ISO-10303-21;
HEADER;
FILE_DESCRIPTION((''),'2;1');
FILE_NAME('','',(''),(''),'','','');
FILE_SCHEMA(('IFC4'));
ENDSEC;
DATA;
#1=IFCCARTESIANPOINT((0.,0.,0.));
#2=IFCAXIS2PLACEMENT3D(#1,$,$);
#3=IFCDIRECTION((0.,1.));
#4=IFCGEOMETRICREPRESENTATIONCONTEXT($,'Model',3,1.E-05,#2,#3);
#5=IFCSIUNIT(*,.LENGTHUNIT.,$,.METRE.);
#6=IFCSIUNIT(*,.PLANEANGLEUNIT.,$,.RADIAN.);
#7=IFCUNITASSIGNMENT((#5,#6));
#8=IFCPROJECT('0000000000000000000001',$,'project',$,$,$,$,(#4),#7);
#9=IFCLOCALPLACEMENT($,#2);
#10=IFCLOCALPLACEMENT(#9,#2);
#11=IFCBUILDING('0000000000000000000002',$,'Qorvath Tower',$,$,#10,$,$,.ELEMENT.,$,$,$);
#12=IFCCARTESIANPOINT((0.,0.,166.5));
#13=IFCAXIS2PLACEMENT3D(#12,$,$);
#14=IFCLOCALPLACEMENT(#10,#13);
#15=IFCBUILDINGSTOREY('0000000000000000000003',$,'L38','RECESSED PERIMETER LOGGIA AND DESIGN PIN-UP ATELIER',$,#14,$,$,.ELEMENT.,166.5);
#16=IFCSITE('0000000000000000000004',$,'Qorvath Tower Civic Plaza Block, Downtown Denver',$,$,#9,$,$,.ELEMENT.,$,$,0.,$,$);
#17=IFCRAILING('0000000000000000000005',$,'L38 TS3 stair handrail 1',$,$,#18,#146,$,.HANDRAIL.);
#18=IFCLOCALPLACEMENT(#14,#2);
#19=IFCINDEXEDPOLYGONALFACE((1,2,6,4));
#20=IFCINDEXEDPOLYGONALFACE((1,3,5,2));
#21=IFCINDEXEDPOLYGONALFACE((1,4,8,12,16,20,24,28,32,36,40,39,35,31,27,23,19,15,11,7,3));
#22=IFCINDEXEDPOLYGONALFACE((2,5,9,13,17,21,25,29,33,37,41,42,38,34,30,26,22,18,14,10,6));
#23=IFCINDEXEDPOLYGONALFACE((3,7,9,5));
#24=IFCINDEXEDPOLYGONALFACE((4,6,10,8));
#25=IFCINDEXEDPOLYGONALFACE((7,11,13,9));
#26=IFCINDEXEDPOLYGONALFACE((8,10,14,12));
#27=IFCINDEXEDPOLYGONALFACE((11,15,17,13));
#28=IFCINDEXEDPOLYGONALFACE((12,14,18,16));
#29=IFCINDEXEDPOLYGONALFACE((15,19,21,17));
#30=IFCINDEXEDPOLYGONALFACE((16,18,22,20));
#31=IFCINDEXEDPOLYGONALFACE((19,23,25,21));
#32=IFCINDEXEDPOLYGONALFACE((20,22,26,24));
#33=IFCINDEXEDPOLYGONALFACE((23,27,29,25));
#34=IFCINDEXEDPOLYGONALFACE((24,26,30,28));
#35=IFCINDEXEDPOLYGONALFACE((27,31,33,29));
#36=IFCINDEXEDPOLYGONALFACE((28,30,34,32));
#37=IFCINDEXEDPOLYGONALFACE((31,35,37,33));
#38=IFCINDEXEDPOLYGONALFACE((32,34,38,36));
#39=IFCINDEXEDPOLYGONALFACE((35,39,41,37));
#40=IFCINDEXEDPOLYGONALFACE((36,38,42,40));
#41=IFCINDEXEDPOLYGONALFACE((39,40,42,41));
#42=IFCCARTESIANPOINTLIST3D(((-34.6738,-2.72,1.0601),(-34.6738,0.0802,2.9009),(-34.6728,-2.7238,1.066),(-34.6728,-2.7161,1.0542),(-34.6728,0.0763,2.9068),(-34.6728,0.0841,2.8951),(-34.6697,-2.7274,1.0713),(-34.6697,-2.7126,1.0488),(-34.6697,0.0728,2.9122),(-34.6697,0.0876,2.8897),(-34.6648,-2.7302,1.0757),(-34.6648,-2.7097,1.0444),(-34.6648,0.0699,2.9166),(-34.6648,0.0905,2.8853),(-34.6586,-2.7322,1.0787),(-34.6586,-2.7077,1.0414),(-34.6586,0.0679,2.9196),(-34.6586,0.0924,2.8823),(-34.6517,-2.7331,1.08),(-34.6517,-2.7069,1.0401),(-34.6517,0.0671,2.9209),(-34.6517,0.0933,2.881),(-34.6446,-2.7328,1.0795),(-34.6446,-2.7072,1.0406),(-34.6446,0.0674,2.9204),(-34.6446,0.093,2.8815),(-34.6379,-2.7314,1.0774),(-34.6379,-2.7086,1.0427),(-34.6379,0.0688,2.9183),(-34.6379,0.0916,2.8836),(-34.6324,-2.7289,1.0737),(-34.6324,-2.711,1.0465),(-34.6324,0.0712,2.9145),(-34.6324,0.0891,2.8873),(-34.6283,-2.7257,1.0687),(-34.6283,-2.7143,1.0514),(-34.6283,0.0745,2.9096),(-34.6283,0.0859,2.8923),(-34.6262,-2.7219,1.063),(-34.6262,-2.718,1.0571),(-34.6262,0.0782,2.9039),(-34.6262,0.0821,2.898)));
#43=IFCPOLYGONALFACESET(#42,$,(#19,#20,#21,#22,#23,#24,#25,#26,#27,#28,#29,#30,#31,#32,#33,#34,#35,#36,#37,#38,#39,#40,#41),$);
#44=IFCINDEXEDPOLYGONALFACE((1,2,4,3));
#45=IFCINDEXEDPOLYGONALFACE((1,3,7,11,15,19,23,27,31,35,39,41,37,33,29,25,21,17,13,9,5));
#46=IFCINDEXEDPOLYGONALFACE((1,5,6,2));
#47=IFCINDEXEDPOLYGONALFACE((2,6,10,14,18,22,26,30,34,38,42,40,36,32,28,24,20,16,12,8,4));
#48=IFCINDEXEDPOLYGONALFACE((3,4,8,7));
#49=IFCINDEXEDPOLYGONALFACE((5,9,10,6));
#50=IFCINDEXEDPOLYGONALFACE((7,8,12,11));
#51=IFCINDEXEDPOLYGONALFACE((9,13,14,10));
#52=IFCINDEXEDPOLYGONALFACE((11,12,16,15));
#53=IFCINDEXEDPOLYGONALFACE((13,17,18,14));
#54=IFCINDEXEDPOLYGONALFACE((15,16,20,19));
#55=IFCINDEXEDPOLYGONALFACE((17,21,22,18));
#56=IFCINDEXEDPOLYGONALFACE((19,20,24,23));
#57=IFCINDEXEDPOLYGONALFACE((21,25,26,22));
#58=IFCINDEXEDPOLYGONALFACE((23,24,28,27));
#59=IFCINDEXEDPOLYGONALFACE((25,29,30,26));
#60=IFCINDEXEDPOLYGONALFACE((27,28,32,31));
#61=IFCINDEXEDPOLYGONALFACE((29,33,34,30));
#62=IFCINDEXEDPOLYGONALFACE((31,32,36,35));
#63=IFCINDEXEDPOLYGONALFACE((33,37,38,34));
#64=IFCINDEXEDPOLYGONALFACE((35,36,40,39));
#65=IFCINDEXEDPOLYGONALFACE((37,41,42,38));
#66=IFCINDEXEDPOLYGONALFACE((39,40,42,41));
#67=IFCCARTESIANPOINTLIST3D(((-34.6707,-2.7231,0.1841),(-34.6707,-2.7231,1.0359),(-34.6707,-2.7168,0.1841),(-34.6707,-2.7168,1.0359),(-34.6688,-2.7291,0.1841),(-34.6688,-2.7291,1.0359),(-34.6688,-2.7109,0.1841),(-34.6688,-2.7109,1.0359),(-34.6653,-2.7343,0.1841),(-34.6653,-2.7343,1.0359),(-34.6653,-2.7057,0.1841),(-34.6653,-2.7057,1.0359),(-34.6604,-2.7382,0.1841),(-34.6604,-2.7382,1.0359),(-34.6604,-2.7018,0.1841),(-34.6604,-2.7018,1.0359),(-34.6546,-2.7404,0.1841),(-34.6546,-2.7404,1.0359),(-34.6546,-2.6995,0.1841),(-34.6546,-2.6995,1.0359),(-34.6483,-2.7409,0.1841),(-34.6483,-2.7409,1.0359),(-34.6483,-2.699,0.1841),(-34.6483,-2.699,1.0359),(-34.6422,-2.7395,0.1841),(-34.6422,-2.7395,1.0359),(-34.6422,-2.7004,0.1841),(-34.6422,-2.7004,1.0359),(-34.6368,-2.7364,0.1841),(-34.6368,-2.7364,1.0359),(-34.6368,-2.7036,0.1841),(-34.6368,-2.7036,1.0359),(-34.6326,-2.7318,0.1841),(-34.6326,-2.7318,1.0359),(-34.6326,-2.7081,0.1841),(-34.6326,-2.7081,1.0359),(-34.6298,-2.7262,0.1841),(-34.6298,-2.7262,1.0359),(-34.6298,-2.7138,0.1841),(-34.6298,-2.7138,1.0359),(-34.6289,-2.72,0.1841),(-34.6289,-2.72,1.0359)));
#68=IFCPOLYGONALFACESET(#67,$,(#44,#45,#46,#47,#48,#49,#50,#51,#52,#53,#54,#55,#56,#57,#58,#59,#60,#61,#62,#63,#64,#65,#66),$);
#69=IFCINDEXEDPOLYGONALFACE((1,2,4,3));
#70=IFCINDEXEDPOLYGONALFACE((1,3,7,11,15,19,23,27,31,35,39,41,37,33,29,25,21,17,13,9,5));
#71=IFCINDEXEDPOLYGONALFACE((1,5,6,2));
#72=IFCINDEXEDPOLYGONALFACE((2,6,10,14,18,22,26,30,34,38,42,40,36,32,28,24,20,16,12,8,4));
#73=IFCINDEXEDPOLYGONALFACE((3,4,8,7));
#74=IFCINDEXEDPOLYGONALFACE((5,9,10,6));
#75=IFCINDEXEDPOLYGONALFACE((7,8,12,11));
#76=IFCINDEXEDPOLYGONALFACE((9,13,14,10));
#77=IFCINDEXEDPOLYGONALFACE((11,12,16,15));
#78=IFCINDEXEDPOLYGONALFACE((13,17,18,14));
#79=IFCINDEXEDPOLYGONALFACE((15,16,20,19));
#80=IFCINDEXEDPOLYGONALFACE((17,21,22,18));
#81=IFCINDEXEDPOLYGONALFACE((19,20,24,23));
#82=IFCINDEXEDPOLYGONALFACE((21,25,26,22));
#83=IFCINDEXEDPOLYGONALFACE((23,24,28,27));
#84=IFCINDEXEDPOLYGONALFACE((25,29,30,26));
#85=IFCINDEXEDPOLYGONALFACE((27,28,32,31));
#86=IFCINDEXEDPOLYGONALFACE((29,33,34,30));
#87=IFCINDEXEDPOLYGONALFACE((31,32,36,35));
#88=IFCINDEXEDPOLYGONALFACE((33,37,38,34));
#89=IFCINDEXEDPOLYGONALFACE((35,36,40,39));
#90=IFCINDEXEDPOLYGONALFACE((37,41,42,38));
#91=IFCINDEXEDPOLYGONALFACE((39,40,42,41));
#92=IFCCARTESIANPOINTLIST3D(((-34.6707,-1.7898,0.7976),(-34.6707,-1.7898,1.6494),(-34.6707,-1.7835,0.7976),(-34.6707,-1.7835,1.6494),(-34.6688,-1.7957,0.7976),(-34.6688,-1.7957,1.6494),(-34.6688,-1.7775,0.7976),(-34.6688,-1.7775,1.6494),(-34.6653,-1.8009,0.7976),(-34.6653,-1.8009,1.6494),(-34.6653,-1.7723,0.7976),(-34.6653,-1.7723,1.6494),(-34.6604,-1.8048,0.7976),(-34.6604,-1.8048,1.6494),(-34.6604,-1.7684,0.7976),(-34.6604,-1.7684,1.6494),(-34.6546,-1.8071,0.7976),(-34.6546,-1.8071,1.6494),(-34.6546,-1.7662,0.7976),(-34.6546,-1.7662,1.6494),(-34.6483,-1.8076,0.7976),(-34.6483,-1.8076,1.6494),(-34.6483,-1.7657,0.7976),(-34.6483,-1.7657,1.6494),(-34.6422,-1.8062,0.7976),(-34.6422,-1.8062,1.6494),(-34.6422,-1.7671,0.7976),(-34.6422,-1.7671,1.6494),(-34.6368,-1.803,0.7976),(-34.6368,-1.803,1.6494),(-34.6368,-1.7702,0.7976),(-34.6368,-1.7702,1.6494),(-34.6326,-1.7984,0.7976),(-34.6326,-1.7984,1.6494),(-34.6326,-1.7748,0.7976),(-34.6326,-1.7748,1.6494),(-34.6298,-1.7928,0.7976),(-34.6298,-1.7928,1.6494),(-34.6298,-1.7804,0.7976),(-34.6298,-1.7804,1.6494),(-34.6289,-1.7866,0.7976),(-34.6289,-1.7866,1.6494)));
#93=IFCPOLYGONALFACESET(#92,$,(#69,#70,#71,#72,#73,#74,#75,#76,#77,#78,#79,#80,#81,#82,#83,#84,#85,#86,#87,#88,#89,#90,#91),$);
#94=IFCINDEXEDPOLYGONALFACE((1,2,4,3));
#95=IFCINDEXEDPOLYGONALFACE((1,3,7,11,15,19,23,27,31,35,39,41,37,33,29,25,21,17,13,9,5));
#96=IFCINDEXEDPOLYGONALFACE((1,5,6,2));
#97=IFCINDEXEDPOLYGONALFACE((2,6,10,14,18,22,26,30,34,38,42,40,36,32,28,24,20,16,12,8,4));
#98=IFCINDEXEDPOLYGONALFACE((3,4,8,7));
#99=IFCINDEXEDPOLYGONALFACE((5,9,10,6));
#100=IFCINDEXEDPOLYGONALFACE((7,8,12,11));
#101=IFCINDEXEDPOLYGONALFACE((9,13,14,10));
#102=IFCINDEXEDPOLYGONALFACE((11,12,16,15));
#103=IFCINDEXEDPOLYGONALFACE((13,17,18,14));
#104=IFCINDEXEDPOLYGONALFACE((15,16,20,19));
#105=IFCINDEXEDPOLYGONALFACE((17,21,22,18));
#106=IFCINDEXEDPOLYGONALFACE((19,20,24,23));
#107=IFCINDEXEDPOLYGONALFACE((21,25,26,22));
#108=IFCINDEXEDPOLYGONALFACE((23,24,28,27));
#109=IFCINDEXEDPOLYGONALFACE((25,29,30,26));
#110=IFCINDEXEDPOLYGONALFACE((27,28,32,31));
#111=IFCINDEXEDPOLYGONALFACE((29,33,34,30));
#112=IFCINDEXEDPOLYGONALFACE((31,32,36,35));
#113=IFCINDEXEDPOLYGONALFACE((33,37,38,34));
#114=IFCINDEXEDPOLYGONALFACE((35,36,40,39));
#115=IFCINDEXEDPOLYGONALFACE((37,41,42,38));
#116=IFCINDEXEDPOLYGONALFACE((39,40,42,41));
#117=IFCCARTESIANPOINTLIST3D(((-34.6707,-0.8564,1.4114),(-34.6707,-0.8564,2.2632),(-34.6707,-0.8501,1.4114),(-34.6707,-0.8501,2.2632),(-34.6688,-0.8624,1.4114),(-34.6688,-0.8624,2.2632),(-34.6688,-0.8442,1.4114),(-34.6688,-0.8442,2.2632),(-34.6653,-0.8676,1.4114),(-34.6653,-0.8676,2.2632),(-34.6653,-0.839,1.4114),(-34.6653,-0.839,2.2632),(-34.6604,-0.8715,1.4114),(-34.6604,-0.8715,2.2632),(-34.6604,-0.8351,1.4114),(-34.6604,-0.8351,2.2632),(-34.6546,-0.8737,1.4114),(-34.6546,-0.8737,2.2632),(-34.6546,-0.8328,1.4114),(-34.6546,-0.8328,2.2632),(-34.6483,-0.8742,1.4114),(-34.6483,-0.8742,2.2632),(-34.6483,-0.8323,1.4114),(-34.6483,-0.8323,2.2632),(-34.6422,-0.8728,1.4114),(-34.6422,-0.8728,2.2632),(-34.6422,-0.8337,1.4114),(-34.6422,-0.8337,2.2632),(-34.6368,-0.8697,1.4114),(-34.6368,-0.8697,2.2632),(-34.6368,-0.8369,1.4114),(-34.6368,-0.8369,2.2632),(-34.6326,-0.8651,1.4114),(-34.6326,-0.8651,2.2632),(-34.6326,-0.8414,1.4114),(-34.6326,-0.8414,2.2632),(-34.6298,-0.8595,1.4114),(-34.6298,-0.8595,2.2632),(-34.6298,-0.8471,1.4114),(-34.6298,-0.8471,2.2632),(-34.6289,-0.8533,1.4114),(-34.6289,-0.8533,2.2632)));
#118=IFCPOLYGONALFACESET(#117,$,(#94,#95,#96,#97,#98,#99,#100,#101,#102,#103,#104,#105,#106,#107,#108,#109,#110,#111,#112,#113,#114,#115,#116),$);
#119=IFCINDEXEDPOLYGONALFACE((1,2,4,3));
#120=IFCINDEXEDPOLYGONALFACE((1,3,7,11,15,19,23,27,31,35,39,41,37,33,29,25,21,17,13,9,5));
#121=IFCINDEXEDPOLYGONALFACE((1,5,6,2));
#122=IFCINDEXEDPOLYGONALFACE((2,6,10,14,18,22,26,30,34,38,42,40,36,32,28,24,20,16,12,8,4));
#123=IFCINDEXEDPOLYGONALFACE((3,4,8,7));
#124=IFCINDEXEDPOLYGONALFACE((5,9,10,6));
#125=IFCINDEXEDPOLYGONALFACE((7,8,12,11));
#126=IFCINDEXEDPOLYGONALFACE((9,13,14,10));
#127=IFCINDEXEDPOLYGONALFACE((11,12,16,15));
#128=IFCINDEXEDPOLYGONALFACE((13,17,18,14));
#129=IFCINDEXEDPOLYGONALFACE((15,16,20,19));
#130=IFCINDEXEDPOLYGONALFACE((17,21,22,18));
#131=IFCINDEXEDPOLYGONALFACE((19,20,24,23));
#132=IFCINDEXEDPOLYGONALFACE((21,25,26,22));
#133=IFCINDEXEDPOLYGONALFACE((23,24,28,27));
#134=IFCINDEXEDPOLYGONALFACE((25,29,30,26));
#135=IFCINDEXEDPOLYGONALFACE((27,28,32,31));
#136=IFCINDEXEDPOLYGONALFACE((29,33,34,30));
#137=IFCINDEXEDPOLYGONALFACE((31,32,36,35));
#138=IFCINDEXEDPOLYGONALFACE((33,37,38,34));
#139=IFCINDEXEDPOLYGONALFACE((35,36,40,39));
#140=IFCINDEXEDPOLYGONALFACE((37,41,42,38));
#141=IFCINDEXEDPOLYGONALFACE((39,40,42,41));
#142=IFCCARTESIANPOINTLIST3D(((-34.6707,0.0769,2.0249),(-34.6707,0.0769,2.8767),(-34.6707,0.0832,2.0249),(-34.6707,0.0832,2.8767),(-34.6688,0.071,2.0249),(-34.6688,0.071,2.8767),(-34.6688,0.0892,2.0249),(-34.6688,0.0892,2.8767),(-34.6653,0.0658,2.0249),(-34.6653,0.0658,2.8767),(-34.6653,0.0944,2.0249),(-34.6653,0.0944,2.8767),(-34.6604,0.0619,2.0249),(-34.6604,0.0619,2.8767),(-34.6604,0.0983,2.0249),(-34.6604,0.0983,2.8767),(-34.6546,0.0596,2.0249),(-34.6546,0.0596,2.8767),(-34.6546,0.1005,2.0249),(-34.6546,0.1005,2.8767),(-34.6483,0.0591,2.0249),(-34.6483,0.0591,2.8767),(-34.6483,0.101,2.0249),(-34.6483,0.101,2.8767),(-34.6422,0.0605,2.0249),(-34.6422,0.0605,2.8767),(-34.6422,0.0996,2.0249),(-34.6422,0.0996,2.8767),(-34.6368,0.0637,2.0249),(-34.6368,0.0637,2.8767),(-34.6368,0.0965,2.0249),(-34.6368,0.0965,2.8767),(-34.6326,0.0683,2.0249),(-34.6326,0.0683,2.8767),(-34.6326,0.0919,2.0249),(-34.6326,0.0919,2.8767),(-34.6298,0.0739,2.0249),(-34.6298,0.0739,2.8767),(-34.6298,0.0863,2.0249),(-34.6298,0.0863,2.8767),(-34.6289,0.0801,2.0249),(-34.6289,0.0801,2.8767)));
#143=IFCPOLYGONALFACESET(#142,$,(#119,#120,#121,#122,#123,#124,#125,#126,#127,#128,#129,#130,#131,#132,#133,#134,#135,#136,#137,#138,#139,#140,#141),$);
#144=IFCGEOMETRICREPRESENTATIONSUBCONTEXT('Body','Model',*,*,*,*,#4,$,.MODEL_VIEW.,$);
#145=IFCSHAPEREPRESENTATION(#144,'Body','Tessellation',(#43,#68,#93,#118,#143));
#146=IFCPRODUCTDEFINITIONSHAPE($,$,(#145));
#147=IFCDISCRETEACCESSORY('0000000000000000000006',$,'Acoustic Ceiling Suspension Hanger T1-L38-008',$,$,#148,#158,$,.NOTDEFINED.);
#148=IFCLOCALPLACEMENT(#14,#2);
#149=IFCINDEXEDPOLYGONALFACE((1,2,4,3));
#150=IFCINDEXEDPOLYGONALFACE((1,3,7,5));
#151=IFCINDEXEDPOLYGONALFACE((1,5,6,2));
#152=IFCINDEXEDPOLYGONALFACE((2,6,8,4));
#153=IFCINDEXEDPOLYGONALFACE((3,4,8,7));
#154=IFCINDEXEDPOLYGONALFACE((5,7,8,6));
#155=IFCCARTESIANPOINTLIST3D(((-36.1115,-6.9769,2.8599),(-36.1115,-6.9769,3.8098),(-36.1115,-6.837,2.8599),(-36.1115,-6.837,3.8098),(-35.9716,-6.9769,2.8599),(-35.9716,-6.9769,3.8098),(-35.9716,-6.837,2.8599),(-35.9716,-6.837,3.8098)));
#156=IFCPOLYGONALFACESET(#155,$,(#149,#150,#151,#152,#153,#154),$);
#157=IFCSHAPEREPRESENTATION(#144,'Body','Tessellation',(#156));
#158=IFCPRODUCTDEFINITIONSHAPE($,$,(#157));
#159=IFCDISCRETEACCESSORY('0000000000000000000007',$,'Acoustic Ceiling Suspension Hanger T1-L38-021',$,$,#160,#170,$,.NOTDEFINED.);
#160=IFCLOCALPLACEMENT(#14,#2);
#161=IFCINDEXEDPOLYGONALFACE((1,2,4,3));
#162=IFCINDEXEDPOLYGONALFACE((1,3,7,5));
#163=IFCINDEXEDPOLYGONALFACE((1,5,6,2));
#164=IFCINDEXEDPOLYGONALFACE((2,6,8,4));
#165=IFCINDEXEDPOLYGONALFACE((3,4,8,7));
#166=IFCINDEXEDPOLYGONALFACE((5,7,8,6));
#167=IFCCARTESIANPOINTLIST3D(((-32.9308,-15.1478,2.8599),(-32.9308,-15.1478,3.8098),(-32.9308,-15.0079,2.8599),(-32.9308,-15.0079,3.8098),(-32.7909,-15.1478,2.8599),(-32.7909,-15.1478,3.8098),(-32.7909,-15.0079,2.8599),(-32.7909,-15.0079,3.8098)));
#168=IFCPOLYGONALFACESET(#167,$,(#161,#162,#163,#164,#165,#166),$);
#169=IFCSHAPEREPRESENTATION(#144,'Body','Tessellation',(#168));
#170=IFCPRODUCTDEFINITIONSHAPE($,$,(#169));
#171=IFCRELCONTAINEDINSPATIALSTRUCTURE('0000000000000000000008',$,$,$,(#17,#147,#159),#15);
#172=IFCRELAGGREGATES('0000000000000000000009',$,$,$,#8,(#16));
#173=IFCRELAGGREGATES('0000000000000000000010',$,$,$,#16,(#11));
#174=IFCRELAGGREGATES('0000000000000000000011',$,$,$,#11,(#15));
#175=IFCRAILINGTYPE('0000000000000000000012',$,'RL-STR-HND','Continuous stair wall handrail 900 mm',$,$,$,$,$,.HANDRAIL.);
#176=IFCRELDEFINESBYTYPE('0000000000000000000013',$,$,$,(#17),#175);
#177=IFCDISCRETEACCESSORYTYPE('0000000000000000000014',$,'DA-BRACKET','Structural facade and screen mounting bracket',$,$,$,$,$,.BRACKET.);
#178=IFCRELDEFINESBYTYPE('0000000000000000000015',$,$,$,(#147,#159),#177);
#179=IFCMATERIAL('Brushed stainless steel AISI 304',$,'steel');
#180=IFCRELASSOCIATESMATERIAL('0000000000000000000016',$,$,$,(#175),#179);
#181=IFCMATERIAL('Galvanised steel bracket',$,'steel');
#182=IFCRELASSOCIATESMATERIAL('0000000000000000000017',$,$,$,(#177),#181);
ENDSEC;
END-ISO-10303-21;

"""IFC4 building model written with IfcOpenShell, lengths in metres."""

from ifc_helpers import new_model, si_unit, direction, frame, origin, origin_2d, place, context, subcontext, project, spatial, rectangle, circle, extrude, material, type_object, element, save


model = new_model("IFC4")

# Units and contexts
model_context = context("Model", 3, precision=1e-05, world=origin(), true_north=direction((0.0, 1.0)))
body_context = subcontext(model_context, "Body", "Model", "MODEL_VIEW")
ifc_project = project(units=[si_unit("LENGTHUNIT", "METRE"), si_unit("PLANEANGLEUNIT", "RADIAN")], contexts=[model_context])

# Site, building, storey
site_placement = place(None, origin())
site = spatial("IfcSite", under=ifc_project, at=site_placement, Name="Qorvath Tower Civic Plaza Block, Downtown Denver", CompositionType="ELEMENT", RefElevation=0.0)
building_placement = place(site_placement, origin())
building = spatial("IfcBuilding", under=site, at=building_placement, Name="Qorvath Tower", CompositionType="ELEMENT")
storey_placement = place(building_placement, frame((0.0, 0.0, 166.5)))
storey = spatial("IfcBuildingStorey", under=building, at=storey_placement, Name="L38", Description="RECESSED PERIMETER LOGGIA AND DESIGN PIN-UP ATELIER", CompositionType="ELEMENT", Elevation=166.5)

# Railing
ifc_material_1 = material(Name="Brushed stainless steel AISI 304", Category="steel")
railing_type_1 = type_object("IfcRailingType", Name="RL-STR-HND", Description="Continuous stair wall handrail 900 mm", PredefinedType="HANDRAIL", material=ifc_material_1)
railing_1_placement = place(storey_placement, frame((-34.6499, -2.72, 0.1841)))
element("IfcRailing", 1, at=railing_1_placement, inside=storey, type_object=railing_type_1, Name="L38 TS3 stair handrail 1", PredefinedType="HANDRAIL", context=body_context, shape_type="SweptSolid", body=[
    extrude(circle(Radius=0.0239, at=origin_2d()), frame((0.0, 0.0, 0.876), z_axis=(0.0, 0.835598, 0.549342), x_axis=(-1.0, 0.0, 0.0)), (0.0, 0.0, 1.0), 3.3511),
    extrude(circle(Radius=0.021, at=origin_2d()), origin(), (0.0, 0.0, 1.0), 0.8518),
    extrude(circle(Radius=0.021, at=origin_2d()), frame((0.0, 0.9333, 0.6135)), (0.0, 0.0, 1.0), 0.8518),
    extrude(circle(Radius=0.021, at=origin_2d()), frame((0.0, 1.8667, 1.2273)), (0.0, 0.0, 1.0), 0.8518),
    extrude(circle(Radius=0.021, at=origin_2d()), frame((0.0, 2.8, 1.8408)), (0.0, 0.0, 1.0), 0.8518),
])

# Discrete accessories
ifc_material_2 = material(Name="Galvanised steel bracket", Category="steel")
discrete_accessory_type = type_object("IfcDiscreteAccessoryType", Name="DA-BRACKET", Description="Structural facade and screen mounting bracket", PredefinedType="BRACKET", material=ifc_material_2)
for number, where, z_axis, x_axis, name in (
    (2, (-36.0415, -6.907, 2.8599), (0.0, 0.0, 1.0), (1.0, 0.0, 0.0), "Acoustic Ceiling Suspension Hanger T1-L38-008"),
    (3, (-32.8608, -15.0779, 2.8599), (0.0, 0.0, 1.0), (1.0, 0.0, 0.0), "Acoustic Ceiling Suspension Hanger T1-L38-021"),
):
    element("IfcDiscreteAccessory", number, at=place(storey_placement, frame(where, z_axis=z_axis, x_axis=x_axis)), inside=storey, type_object=discrete_accessory_type, Name=name, PredefinedType="NOTDEFINED", context=body_context, shape_type="SweptSolid", body=[
        extrude(rectangle(XDim=0.1399, YDim=0.1399, at=origin_2d()), origin(), (0.0, 0.0, 1.0), 0.95),
    ])

save(model, "model.ifc")
